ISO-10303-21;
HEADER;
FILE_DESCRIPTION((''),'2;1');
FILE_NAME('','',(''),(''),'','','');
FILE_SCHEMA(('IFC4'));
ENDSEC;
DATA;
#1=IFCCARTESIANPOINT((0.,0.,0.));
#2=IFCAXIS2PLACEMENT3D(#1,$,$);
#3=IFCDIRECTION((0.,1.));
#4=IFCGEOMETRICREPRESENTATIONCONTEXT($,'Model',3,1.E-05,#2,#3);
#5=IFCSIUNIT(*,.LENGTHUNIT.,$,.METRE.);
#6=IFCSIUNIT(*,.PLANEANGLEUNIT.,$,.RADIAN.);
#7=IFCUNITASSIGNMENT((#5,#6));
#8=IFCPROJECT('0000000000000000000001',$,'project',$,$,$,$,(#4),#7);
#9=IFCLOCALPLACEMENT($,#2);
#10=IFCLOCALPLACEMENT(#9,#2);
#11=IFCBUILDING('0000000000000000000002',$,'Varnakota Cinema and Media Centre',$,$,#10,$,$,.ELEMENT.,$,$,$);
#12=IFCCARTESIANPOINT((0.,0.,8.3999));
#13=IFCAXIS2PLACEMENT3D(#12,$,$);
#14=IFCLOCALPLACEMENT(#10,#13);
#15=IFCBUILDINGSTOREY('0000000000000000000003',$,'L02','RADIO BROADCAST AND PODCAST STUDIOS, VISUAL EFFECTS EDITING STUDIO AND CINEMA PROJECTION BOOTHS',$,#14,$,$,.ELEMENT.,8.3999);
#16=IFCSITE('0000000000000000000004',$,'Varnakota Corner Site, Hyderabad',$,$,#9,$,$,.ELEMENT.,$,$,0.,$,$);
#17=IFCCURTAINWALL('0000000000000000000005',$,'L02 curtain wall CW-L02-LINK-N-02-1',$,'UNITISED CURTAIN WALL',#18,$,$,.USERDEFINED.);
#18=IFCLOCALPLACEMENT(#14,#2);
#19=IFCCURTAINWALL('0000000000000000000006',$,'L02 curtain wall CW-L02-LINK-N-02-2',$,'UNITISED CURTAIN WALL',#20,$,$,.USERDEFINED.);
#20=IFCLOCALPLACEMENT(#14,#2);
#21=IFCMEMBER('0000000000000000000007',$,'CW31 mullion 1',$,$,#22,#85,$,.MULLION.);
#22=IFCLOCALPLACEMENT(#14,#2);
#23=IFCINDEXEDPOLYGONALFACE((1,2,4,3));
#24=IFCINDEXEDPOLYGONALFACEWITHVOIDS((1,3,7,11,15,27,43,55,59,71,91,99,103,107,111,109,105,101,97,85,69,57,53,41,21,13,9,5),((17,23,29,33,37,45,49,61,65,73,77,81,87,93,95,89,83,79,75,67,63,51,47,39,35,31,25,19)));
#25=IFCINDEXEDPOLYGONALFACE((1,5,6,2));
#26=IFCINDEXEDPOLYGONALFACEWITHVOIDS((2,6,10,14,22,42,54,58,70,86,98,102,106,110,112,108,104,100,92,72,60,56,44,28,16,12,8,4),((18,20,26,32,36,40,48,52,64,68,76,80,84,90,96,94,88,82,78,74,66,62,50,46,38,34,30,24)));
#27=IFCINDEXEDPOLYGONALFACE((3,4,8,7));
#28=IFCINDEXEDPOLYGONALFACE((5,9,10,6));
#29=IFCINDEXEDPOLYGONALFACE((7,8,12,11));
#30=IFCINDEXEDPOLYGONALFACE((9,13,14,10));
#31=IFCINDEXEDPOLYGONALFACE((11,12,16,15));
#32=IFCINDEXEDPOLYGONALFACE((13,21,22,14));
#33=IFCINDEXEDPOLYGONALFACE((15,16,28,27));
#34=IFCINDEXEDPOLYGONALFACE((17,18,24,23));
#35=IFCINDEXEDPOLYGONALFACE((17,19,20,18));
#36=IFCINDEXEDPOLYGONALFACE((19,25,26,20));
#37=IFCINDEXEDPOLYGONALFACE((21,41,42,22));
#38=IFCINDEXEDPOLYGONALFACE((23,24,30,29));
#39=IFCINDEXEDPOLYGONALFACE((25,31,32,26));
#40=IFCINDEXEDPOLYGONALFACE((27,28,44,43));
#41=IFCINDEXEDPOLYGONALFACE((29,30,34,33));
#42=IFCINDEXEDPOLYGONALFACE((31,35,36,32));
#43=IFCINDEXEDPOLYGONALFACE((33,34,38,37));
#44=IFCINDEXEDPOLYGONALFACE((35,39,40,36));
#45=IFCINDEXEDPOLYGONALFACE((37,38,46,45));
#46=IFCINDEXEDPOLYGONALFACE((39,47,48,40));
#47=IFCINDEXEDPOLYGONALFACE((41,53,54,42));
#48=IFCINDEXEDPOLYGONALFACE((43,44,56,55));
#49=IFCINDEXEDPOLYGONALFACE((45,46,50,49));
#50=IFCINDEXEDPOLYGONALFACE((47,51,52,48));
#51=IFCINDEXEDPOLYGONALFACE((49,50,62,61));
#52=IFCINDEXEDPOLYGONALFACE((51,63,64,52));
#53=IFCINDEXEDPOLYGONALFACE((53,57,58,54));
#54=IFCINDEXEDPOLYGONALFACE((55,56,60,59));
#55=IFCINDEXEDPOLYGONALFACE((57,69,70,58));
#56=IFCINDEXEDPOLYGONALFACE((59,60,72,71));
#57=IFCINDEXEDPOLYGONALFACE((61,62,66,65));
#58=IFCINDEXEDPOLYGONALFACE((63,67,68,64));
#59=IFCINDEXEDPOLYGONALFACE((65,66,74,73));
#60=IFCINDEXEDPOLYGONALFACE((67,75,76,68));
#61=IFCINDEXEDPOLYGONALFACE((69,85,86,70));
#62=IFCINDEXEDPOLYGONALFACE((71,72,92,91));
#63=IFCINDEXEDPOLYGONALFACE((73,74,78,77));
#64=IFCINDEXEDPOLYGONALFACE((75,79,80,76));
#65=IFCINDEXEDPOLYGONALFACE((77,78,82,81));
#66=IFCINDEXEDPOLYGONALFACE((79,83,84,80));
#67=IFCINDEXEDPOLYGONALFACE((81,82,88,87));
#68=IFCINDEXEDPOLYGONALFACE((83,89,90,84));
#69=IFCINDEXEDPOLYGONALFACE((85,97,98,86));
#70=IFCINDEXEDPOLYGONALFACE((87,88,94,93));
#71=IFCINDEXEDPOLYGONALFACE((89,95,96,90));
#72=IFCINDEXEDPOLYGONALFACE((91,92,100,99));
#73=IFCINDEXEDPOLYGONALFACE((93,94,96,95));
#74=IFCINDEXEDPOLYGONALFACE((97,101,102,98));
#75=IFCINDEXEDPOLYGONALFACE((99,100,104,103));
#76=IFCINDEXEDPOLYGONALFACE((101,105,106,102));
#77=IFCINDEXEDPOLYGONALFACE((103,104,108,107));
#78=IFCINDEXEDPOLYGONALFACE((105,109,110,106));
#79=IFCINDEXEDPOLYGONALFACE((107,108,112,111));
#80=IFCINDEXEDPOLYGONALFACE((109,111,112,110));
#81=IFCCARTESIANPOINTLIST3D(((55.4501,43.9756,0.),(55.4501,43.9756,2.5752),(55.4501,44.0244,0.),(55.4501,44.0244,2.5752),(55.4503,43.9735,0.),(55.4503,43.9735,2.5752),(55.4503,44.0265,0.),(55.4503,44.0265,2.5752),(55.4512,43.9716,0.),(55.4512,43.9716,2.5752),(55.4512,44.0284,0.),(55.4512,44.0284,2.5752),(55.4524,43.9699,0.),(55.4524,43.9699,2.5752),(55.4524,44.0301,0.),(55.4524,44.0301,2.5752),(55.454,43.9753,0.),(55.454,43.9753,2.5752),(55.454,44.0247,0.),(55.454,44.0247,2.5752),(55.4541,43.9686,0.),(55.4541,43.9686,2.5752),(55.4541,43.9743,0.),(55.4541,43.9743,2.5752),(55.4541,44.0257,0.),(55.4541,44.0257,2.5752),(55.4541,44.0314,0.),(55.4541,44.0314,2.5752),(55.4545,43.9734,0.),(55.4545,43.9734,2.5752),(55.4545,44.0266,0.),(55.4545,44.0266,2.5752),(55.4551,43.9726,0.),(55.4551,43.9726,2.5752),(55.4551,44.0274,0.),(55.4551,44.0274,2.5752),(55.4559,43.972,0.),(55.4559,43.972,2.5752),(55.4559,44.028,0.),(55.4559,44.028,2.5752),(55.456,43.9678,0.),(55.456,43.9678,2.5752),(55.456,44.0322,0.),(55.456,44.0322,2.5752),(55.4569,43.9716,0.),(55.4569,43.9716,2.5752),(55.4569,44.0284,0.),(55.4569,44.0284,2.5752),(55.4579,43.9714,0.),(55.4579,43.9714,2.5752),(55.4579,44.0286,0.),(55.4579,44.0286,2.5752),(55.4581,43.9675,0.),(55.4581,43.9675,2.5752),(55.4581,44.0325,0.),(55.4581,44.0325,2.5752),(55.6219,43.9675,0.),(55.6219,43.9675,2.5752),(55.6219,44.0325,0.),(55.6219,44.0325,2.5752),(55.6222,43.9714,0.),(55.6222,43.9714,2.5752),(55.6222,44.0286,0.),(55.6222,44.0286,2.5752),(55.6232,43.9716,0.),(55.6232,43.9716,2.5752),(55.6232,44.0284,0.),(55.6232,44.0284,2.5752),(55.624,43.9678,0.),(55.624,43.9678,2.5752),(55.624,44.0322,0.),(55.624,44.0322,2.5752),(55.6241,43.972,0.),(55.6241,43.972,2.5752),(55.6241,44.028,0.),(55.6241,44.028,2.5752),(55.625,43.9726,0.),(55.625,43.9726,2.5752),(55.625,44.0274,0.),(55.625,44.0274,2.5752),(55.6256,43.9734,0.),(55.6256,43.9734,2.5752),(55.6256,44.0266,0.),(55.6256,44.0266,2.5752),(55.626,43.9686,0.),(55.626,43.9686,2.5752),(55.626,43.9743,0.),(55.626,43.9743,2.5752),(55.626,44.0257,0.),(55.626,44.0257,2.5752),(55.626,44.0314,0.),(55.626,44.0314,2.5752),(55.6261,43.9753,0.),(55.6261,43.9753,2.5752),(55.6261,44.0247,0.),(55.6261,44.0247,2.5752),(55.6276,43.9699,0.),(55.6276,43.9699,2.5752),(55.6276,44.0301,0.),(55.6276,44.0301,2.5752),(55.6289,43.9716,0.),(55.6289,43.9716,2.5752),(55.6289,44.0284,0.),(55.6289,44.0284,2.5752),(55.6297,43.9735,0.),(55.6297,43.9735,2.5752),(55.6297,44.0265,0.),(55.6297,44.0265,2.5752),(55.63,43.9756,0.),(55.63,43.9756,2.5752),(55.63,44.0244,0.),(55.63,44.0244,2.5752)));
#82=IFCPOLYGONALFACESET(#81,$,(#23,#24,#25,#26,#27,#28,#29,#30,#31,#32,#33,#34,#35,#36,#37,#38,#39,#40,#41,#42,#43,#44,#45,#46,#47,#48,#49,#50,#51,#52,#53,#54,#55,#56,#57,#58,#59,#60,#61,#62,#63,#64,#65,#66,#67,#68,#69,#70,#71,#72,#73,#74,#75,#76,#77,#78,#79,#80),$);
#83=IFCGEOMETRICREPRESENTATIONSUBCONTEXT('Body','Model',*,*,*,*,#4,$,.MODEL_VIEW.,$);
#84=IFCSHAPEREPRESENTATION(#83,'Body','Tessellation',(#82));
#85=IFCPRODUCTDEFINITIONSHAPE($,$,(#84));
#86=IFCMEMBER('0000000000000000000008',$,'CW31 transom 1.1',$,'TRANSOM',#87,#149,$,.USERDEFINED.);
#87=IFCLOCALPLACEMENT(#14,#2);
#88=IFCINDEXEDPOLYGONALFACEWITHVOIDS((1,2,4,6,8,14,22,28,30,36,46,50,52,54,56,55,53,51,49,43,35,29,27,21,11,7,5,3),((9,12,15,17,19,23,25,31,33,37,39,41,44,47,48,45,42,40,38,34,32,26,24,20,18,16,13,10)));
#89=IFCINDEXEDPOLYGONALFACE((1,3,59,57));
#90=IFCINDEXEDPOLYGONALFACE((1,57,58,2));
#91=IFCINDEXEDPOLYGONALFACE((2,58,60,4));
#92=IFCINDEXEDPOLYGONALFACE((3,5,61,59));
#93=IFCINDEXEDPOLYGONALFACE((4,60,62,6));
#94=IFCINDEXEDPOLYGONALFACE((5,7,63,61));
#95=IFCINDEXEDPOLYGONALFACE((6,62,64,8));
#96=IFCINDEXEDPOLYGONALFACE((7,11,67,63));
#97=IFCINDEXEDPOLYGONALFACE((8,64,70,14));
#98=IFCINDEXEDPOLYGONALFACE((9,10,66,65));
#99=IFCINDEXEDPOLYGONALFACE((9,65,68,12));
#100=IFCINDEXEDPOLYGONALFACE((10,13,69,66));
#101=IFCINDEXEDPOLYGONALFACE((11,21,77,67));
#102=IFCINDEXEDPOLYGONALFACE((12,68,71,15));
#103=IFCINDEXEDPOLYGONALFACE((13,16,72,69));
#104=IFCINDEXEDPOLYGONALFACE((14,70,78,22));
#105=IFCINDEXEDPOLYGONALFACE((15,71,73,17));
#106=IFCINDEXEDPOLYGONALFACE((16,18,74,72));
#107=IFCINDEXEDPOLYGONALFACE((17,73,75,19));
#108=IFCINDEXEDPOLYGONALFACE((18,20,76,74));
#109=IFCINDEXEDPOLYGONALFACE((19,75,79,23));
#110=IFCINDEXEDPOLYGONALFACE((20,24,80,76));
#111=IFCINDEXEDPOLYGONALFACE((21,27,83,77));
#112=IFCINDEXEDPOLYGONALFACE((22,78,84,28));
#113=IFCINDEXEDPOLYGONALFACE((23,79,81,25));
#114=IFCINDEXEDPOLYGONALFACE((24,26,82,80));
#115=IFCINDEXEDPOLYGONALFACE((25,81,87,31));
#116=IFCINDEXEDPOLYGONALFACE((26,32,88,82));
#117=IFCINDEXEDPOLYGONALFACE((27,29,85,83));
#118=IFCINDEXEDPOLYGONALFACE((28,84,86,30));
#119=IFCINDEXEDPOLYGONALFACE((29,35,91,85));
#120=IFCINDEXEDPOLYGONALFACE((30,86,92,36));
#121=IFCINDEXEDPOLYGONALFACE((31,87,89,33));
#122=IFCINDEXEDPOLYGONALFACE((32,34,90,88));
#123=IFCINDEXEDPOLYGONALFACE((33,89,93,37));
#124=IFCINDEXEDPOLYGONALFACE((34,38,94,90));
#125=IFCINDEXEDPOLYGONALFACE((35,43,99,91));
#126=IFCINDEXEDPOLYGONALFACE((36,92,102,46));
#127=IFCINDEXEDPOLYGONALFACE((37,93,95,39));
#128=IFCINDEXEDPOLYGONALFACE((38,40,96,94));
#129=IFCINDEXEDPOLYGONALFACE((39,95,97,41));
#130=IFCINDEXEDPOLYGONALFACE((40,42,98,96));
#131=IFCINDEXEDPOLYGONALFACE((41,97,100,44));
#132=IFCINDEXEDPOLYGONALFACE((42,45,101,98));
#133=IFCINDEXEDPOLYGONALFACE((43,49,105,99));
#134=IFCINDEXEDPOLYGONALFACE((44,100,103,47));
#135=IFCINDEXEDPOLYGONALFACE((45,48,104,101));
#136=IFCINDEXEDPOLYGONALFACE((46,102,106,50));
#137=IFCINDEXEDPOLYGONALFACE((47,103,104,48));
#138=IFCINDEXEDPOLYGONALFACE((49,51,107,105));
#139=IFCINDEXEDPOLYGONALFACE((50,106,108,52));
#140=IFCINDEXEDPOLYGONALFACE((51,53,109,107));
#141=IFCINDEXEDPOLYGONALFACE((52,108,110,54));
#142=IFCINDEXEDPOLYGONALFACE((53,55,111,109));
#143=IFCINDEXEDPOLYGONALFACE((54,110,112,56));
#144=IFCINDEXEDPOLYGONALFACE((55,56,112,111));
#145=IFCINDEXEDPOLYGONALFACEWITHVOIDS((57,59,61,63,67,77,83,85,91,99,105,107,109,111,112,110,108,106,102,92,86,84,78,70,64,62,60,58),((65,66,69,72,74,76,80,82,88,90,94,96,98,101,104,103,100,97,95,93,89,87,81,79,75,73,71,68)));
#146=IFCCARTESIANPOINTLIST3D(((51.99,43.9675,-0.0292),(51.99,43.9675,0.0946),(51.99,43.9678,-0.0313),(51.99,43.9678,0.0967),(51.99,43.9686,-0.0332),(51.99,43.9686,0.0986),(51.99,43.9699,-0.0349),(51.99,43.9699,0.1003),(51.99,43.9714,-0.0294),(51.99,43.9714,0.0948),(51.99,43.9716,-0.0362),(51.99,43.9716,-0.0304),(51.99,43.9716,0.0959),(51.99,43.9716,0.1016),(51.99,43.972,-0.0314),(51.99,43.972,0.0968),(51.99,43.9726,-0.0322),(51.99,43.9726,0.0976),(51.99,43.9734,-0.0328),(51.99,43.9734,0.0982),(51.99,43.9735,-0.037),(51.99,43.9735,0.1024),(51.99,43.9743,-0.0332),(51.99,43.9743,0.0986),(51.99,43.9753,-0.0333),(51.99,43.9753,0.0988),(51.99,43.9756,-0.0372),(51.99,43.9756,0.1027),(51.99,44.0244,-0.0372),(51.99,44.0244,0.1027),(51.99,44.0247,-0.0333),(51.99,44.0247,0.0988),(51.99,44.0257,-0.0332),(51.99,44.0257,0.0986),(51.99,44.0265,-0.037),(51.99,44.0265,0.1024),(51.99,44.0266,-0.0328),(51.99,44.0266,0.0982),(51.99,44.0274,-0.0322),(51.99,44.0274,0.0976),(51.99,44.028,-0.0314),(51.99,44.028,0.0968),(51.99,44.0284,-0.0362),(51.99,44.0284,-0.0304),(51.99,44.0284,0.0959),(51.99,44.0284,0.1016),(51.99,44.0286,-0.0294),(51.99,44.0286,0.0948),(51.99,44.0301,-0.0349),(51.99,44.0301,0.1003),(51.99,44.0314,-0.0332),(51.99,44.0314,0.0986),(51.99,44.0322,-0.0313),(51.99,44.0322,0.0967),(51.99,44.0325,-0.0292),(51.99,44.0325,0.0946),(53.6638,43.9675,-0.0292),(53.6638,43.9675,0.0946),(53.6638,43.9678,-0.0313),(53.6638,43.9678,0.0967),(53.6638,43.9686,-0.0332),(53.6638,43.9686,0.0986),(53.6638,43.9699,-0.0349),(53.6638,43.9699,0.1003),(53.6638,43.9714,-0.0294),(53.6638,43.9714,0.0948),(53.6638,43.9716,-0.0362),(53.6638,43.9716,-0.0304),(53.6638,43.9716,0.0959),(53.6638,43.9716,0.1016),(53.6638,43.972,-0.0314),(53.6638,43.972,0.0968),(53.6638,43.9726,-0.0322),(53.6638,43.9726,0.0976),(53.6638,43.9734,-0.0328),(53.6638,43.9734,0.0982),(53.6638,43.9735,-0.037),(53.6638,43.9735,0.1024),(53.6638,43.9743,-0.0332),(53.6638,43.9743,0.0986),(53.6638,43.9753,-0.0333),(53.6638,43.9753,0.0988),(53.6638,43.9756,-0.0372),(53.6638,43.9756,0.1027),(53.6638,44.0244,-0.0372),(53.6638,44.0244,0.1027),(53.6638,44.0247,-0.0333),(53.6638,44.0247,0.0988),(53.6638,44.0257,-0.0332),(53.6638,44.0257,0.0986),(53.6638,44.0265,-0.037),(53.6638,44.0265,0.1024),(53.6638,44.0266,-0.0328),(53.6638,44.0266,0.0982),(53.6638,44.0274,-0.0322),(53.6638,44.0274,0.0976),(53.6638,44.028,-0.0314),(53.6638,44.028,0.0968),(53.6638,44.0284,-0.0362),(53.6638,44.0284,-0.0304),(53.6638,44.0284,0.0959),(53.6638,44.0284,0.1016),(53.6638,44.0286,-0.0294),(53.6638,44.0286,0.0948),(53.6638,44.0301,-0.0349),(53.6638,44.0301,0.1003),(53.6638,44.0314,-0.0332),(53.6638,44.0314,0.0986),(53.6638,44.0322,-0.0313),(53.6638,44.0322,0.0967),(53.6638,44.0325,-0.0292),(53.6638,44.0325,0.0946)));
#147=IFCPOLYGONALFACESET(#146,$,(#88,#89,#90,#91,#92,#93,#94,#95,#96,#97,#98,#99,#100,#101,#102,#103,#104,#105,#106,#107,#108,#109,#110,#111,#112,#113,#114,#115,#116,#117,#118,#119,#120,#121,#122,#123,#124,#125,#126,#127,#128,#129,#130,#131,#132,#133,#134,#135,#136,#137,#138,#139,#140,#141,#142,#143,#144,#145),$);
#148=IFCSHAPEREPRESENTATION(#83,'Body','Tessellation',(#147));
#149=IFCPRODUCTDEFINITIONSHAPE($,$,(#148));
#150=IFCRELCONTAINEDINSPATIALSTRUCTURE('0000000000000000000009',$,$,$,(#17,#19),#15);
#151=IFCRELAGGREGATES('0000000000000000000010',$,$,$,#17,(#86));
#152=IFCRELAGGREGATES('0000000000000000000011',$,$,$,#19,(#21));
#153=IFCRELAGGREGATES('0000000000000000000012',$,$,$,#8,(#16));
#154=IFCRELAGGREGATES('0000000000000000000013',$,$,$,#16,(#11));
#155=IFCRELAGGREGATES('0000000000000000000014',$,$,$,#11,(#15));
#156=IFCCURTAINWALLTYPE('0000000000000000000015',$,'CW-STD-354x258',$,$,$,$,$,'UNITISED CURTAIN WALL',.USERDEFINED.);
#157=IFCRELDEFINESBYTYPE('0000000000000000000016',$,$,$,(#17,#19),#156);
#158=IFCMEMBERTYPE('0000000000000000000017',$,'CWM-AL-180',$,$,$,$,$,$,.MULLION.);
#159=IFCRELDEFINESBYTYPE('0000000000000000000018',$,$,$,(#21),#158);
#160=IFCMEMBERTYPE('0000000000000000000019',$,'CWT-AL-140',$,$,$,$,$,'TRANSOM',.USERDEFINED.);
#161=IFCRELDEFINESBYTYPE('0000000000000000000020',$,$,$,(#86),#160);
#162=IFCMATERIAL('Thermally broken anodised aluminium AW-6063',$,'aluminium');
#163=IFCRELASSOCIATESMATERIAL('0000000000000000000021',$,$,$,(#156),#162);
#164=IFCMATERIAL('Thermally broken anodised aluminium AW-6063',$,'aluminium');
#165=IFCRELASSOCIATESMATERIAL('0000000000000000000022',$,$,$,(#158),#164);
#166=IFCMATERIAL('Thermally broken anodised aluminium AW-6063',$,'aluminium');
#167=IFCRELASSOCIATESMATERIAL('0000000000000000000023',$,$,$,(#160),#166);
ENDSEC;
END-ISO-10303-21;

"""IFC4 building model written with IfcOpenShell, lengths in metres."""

from ifc_helpers import new_model, si_unit, direction, frame, origin, origin_2d, place, context, subcontext, project, spatial, hollow_rectangle, extrude, material, material_profile, profile_set, type_object, element, aggregate, save


model = new_model("IFC4")

# Units and contexts
model_context = context("Model", 3, precision=1e-05, world=origin(), true_north=direction((0.0, 1.0)))
body_context = subcontext(model_context, "Body", "Model", "MODEL_VIEW")
ifc_project = project(units=[si_unit("LENGTHUNIT", "METRE"), si_unit("PLANEANGLEUNIT", "RADIAN")], contexts=[model_context])

# Site, building, storey
site_placement = place(None, origin())
site = spatial("IfcSite", under=ifc_project, at=site_placement, Name="Varnakota Corner Site, Hyderabad", CompositionType="ELEMENT", RefElevation=0.0)
building_placement = place(site_placement, origin())
building = spatial("IfcBuilding", under=site, at=building_placement, Name="Varnakota Cinema and Media Centre", CompositionType="ELEMENT")
storey_placement = place(building_placement, frame((0.0, 0.0, 8.3999)))
storey = spatial("IfcBuildingStorey", under=building, at=storey_placement, Name="L02", Description="RADIO BROADCAST AND PODCAST STUDIOS, VISUAL EFFECTS EDITING STUDIO AND CINEMA PROJECTION BOOTHS", CompositionType="ELEMENT", Elevation=8.3999)

# Curtain wall
ifc_material_1 = material(Name="Thermally broken anodised aluminium AW-6063", Category="aluminium")
curtain_wall_type = type_object("IfcCurtainWallType", Name="CW-STD-354x258", ElementType="UNITISED CURTAIN WALL", PredefinedType="USERDEFINED", material=ifc_material_1)
curtain_wall_1_placement = place(storey_placement, origin())
curtain_wall_1 = element("IfcCurtainWall", 1, at=curtain_wall_1_placement, inside=storey, type_object=curtain_wall_type, Name="L02 curtain wall CW-L02-LINK-N-02-1", ObjectType="UNITISED CURTAIN WALL", PredefinedType="USERDEFINED")
ifc_material_2 = material(Name="Thermally broken anodised aluminium AW-6063", Category="aluminium")
ifc_material_profile_1 = material_profile(ifc_material_2, hollow_rectangle(XDim=0.0649, YDim=0.1799, WallThickness=0.0039, InnerFilletRadius=0.0039, OuterFilletRadius=0.0081, at=origin_2d()), Name="AL-MULLION 180x65x4")
ifc_profile_set_1 = profile_set([ifc_material_profile_1], Name="Thermally broken anodised aluminium AW-6063")
member_type_1 = type_object("IfcMemberType", Name="CWM-AL-180", PredefinedType="MULLION", material=ifc_profile_set_1)

# Curtain wall, member
curtain_wall_2_placement = place(storey_placement, origin())
curtain_wall_2 = element("IfcCurtainWall", 2, at=curtain_wall_2_placement, inside=storey, type_object=curtain_wall_type, Name="L02 curtain wall CW-L02-LINK-N-02-2", ObjectType="UNITISED CURTAIN WALL", PredefinedType="USERDEFINED")
member_1_placement = place(storey_placement, frame((55.54, 44.0, 0.0), z_axis=(0.0, 0.0, 1.0), x_axis=(0.0, 1.0, 0.0)))
member_1 = element("IfcMember", 3, at=member_1_placement, type_object=member_type_1, Name="CW31 mullion 1", PredefinedType="MULLION", context=body_context, shape_type="SweptSolid", body=[
    extrude(hollow_rectangle(XDim=0.0649, YDim=0.1799, WallThickness=0.0039, InnerFilletRadius=0.0039, OuterFilletRadius=0.0081, at=origin_2d()), origin(), (0.0, 0.0, 1.0), 2.5752),
])

# Member
ifc_material_3 = material(Name="Thermally broken anodised aluminium AW-6063", Category="aluminium")
ifc_material_profile_2 = material_profile(ifc_material_3, hollow_rectangle(XDim=0.0649, YDim=0.1399, WallThickness=0.0039, InnerFilletRadius=0.0039, OuterFilletRadius=0.0081, at=origin_2d()), Name="AL-TRANSOM 140x65x4")
ifc_profile_set_2 = profile_set([ifc_material_profile_2], Name="Thermally broken anodised aluminium AW-6063")
member_type_2 = type_object("IfcMemberType", Name="CWT-AL-140", ElementType="TRANSOM", PredefinedType="USERDEFINED", material=ifc_profile_set_2)
member_2_placement = place(storey_placement, frame((51.99, 44.0, 0.0327), z_axis=(1.0, 0.0, 0.0), x_axis=(0.0, 1.0, 0.0)))
member_2 = element("IfcMember", 4, at=member_2_placement, type_object=member_type_2, Name="CW31 transom 1.1", ObjectType="TRANSOM", PredefinedType="USERDEFINED", context=body_context, shape_type="SweptSolid", body=[
    extrude(hollow_rectangle(XDim=0.0649, YDim=0.1399, WallThickness=0.0039, InnerFilletRadius=0.0039, OuterFilletRadius=0.0081, at=origin_2d()), origin(), (0.0, 0.0, 1.0), 1.6738),
])

aggregate(curtain_wall_1, [member_2])
aggregate(curtain_wall_2, [member_1])

save(model, "model.ifc")
